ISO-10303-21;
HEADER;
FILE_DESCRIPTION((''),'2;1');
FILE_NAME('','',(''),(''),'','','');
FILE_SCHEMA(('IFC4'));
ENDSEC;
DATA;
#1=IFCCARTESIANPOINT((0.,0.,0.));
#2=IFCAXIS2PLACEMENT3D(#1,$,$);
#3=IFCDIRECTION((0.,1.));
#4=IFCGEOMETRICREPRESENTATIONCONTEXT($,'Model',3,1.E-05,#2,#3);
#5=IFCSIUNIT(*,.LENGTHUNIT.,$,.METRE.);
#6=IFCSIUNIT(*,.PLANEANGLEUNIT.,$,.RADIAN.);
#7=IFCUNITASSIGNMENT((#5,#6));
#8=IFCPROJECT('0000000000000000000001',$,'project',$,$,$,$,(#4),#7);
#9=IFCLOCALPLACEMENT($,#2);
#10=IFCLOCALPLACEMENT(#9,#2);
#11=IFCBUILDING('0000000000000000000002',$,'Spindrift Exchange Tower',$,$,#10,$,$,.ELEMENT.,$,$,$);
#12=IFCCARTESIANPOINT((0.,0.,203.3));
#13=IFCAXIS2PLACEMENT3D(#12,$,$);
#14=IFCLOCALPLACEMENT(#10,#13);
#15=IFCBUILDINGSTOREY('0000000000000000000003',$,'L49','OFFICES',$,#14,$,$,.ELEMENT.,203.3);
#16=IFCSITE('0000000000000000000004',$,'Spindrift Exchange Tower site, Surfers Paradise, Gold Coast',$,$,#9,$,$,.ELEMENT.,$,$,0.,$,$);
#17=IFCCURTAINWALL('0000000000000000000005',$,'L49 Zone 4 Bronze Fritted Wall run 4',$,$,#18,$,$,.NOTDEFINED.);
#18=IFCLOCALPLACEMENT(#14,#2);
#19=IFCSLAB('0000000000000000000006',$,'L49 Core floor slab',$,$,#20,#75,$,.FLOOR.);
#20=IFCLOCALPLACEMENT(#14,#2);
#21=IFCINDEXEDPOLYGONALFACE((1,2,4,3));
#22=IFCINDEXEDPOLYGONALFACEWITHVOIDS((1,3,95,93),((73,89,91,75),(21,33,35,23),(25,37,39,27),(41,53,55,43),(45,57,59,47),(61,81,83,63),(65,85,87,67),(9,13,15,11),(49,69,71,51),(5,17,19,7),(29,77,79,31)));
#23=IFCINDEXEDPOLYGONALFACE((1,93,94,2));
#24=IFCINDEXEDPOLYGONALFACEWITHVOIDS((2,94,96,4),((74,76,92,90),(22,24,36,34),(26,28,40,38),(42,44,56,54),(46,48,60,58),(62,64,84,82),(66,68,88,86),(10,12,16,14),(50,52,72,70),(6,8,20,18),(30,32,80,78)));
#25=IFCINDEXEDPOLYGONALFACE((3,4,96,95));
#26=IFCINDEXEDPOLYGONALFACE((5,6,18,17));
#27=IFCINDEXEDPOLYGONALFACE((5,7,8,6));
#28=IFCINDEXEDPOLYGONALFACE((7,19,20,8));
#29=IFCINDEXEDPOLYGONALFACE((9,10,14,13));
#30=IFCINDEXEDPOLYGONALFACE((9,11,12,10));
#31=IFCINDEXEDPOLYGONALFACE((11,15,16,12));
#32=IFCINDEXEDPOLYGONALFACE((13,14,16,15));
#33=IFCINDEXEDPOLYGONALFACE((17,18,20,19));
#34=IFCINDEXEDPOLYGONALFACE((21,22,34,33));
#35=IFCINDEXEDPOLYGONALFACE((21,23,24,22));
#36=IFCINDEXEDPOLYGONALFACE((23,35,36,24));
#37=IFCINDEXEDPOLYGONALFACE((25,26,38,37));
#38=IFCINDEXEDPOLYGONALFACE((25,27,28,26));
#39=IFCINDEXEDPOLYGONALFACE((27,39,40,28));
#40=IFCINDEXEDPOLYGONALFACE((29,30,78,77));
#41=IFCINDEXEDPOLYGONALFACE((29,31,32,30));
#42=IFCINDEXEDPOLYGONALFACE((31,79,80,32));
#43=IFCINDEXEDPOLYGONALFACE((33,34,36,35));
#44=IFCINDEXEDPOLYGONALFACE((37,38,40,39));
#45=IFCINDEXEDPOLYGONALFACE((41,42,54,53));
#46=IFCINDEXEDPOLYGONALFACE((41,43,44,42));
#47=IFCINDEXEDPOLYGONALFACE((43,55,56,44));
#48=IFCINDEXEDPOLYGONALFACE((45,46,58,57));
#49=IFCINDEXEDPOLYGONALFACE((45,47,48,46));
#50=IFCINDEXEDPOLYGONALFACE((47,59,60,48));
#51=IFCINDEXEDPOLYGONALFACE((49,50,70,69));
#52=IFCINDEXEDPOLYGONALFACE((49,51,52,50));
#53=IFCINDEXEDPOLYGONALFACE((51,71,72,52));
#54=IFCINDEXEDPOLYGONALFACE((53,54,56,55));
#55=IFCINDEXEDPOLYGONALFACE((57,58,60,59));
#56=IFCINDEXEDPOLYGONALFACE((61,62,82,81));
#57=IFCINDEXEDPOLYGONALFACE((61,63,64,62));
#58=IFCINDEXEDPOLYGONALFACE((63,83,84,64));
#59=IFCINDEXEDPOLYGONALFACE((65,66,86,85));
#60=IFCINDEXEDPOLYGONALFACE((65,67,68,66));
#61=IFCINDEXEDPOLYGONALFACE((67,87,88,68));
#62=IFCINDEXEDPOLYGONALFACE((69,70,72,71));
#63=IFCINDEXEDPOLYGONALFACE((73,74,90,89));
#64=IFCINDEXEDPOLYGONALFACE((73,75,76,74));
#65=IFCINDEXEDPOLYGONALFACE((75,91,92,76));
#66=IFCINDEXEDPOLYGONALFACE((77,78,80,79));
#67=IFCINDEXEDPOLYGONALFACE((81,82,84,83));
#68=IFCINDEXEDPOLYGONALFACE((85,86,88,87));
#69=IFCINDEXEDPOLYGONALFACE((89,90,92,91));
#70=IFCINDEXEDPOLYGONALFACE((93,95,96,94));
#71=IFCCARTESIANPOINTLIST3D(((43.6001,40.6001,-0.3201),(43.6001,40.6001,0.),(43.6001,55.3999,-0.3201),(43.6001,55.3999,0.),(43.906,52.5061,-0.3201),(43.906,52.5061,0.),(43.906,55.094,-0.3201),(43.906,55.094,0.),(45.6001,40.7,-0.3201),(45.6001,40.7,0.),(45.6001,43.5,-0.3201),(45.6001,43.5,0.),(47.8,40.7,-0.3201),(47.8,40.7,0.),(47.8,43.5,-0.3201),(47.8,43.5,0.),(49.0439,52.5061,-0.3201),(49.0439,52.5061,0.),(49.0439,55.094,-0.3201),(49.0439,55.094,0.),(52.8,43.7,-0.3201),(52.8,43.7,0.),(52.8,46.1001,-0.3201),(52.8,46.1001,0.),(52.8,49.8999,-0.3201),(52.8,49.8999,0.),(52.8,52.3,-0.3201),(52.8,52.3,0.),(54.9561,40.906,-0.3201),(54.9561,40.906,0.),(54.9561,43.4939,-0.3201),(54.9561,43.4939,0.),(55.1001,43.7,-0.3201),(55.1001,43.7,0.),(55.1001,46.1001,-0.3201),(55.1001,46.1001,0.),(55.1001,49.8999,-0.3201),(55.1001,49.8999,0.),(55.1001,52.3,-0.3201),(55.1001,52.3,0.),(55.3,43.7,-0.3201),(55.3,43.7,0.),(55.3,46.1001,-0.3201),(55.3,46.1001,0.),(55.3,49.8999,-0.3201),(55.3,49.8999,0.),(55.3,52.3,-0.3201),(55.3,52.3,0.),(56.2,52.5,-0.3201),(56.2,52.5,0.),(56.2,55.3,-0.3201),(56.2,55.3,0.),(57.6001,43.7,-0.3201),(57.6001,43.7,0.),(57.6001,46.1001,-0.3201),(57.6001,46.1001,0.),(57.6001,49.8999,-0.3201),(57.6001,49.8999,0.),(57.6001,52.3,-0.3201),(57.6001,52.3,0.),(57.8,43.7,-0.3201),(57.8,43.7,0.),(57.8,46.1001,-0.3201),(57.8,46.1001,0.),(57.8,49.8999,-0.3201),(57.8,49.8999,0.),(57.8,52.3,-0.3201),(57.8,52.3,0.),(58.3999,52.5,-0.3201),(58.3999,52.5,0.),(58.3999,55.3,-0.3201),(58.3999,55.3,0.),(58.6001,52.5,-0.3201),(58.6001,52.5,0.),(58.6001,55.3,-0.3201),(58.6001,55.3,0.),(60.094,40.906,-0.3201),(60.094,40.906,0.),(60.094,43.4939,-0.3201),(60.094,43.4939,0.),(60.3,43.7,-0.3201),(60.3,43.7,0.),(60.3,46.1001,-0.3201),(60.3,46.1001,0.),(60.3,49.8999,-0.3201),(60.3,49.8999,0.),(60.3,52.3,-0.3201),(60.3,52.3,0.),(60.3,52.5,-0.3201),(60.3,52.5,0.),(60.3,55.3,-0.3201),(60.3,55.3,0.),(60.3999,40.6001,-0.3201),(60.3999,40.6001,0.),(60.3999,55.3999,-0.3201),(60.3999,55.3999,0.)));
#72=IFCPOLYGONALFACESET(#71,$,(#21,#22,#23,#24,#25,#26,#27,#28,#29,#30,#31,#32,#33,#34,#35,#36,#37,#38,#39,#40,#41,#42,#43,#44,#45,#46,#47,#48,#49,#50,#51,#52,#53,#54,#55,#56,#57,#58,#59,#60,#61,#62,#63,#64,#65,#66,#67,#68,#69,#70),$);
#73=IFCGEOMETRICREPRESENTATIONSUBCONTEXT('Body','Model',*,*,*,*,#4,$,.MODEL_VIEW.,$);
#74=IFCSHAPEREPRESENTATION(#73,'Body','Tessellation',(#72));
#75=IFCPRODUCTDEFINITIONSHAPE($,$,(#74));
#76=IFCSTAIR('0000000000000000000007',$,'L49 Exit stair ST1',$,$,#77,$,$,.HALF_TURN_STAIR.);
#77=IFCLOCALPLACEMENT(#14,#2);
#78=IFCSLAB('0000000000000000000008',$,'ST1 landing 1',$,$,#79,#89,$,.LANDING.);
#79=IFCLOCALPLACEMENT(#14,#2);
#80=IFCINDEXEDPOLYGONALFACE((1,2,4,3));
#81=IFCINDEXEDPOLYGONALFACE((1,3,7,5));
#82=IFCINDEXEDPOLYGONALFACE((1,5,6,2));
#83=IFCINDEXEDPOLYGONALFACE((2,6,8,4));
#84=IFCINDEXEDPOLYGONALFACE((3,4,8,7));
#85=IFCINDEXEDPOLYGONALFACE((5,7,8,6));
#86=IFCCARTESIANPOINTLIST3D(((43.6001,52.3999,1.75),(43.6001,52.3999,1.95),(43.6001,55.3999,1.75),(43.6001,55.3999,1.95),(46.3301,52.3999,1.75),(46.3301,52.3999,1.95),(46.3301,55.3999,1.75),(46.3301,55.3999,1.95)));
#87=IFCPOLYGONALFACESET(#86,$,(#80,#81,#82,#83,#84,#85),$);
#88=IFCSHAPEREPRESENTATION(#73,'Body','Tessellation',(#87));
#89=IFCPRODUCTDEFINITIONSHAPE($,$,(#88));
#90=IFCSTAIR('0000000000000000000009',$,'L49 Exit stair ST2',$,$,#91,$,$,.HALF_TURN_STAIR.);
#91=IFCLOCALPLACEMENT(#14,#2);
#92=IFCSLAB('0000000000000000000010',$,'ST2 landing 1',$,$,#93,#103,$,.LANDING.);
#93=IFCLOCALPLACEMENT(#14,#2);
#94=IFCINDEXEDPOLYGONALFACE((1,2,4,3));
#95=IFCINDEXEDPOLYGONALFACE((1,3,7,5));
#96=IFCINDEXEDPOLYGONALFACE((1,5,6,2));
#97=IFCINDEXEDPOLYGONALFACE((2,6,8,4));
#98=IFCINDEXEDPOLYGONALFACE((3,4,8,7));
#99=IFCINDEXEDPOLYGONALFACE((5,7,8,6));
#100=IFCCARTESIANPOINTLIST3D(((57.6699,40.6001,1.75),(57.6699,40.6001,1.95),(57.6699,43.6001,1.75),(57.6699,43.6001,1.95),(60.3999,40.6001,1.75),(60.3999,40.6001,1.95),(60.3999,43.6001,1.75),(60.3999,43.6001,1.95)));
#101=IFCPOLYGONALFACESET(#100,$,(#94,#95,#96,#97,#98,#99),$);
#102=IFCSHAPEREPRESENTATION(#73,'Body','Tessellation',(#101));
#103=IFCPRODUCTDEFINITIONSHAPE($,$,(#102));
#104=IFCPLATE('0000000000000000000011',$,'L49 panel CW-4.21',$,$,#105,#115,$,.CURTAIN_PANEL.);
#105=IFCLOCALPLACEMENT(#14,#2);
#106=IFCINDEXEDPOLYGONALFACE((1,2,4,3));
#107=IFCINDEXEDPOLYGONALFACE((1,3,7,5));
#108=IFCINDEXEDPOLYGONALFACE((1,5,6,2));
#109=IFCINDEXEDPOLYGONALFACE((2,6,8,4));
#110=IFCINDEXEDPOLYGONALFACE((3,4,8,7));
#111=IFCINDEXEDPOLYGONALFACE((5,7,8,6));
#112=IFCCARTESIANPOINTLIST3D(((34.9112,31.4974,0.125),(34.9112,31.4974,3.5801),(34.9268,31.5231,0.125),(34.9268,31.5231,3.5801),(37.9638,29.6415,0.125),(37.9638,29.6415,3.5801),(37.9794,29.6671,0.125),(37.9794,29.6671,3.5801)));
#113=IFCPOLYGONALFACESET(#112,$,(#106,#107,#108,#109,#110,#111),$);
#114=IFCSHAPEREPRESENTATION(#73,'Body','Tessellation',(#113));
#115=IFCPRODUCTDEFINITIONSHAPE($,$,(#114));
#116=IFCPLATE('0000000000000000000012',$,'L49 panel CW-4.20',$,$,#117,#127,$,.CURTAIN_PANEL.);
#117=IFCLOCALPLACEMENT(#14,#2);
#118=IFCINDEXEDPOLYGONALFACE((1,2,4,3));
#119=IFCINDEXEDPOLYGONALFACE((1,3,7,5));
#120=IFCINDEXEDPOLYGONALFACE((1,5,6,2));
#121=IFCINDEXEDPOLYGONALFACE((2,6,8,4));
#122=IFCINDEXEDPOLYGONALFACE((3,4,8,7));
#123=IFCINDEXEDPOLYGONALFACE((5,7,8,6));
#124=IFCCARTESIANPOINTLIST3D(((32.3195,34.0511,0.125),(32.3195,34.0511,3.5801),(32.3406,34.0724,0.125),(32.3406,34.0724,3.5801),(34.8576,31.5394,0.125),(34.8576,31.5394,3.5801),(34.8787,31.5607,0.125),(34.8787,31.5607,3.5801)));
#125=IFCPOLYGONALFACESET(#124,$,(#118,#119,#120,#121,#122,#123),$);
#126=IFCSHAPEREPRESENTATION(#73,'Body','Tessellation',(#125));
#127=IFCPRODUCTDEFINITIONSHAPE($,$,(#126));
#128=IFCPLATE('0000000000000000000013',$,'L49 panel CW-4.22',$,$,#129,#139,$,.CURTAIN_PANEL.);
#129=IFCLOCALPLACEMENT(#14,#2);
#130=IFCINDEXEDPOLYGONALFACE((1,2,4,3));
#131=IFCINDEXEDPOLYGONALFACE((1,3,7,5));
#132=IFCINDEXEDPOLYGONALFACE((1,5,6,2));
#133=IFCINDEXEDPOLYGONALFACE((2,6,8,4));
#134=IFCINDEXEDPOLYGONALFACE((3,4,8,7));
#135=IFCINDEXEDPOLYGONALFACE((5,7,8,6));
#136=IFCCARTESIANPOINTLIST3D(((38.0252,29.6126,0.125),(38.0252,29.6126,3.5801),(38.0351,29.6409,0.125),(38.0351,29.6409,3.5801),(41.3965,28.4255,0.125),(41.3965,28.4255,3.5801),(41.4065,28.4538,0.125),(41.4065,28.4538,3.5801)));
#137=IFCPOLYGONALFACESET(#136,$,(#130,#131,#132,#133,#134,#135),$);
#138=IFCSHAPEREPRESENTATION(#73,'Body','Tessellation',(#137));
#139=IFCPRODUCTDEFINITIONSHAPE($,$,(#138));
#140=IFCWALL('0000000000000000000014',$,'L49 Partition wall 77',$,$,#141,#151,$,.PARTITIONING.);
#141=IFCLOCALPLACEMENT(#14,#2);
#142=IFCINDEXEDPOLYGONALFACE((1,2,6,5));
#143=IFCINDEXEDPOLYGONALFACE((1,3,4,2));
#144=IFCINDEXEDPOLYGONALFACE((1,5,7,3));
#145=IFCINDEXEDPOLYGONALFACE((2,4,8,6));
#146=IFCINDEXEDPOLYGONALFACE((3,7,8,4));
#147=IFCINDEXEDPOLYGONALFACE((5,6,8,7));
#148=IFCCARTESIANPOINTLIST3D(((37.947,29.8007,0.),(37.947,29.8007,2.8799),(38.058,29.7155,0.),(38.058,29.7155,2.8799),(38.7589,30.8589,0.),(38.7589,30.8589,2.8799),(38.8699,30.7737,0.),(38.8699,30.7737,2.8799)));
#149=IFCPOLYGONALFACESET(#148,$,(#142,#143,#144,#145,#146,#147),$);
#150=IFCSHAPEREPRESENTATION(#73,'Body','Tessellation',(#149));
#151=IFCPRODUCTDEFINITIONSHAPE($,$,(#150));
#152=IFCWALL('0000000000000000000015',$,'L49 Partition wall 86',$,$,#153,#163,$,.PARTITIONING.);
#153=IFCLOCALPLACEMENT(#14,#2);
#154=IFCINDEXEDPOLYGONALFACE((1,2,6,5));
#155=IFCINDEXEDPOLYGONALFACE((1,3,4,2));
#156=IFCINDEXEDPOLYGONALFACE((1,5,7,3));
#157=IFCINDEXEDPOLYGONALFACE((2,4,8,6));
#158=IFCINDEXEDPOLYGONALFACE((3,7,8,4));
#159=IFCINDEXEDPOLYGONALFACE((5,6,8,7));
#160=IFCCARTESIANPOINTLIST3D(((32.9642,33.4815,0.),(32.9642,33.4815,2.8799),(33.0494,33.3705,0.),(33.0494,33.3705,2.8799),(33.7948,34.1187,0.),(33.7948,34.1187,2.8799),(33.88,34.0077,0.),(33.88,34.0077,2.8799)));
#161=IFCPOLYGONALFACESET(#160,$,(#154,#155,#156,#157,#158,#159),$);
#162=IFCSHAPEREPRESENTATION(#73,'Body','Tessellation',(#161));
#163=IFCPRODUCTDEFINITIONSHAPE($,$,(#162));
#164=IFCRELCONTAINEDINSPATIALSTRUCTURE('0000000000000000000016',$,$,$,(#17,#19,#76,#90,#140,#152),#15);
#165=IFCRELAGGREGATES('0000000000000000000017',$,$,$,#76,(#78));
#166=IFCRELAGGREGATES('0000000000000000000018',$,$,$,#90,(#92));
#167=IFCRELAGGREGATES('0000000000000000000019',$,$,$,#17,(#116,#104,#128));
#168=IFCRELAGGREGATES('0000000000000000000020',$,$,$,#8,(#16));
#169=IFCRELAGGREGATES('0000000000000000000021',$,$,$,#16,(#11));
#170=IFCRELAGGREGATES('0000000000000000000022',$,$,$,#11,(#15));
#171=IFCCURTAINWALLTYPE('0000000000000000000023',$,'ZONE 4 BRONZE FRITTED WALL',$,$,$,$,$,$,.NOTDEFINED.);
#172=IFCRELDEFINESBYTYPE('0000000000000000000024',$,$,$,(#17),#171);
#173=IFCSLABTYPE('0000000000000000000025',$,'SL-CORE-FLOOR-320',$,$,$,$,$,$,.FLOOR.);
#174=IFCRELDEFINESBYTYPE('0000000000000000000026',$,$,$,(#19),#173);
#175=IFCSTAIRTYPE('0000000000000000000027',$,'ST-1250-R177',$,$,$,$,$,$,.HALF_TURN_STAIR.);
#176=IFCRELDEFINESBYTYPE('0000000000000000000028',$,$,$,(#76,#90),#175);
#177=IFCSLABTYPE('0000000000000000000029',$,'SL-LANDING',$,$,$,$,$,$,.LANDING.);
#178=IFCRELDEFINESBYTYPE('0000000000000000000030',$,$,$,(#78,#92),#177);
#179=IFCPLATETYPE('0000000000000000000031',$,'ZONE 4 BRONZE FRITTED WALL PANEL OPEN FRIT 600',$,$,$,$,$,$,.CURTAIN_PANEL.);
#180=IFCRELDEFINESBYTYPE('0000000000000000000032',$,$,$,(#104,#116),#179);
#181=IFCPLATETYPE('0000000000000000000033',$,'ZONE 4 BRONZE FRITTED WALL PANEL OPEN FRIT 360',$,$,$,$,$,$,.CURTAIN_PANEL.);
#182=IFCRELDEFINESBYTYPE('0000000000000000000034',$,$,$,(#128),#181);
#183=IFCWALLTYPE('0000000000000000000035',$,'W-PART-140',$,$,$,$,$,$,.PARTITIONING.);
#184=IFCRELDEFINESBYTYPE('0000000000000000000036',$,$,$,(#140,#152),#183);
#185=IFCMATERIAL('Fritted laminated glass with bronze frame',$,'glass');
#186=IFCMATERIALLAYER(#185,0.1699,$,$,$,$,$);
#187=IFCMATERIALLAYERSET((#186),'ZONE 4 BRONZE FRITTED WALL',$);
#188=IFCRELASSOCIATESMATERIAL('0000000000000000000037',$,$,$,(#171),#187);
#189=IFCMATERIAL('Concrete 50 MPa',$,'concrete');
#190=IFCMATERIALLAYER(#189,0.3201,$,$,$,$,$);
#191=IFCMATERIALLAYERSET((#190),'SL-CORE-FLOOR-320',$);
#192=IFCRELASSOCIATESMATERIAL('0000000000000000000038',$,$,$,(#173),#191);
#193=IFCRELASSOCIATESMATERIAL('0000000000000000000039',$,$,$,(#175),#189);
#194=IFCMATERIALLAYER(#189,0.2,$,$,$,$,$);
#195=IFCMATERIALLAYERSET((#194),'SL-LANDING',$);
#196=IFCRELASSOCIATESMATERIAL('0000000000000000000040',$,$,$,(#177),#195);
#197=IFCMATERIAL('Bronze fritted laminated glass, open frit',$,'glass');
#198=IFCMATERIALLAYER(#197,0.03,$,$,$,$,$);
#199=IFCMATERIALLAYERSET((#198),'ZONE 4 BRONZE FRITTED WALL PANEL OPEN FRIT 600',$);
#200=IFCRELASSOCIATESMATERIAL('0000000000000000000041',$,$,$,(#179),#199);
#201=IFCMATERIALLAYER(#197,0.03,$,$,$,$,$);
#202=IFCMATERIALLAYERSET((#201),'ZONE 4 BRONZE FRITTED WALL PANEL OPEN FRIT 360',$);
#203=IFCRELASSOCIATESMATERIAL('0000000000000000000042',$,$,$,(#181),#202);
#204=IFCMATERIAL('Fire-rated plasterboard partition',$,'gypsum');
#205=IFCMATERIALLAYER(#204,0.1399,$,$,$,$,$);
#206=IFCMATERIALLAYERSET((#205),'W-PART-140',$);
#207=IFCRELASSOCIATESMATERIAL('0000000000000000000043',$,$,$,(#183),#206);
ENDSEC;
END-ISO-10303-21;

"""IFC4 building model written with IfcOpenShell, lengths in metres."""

from ifc_helpers import new_model, si_unit, direction, frame, frame_2d, origin, origin_2d, place, context, subcontext, project, spatial, line, indexed_curve, rectangle, outline, extrude, source, transform, mapped, material, layer, layer_set, type_object, element, aggregate, save


model = new_model("IFC4")

# Units and contexts
model_context = context("Model", 3, precision=1e-05, world=origin(), true_north=direction((0.0, 1.0)))
body_context = subcontext(model_context, "Body", "Model", "MODEL_VIEW")
ifc_project = project(units=[si_unit("LENGTHUNIT", "METRE"), si_unit("PLANEANGLEUNIT", "RADIAN")], contexts=[model_context])

# Site, building, storey
site_placement = place(None, origin())
site = spatial("IfcSite", under=ifc_project, at=site_placement, Name="Spindrift Exchange Tower site, Surfers Paradise, Gold Coast", CompositionType="ELEMENT", RefElevation=0.0)
building_placement = place(site_placement, origin())
building = spatial("IfcBuilding", under=site, at=building_placement, Name="Spindrift Exchange Tower", CompositionType="ELEMENT")
storey_placement = place(building_placement, frame((0.0, 0.0, 203.3)))
storey = spatial("IfcBuildingStorey", under=building, at=storey_placement, Name="L49", Description="OFFICES", CompositionType="ELEMENT", Elevation=203.3)

# Shared definitions
ifc_material_1 = material(Name="Concrete 50 MPa", Category="concrete")

# Curtain wall
ifc_material_2 = material(Name="Fritted laminated glass with bronze frame", Category="glass")
ifc_layer_1 = layer(ifc_material_2, 0.1699)
ifc_layer_set_1 = layer_set([ifc_layer_1], Name="ZONE 4 BRONZE FRITTED WALL")
curtain_wall_type = type_object("IfcCurtainWallType", Name="ZONE 4 BRONZE FRITTED WALL", PredefinedType="NOTDEFINED", material=ifc_layer_set_1)
curtain_wall_placement = place(storey_placement, origin())
curtain_wall = element("IfcCurtainWall", 1, at=curtain_wall_placement, inside=storey, type_object=curtain_wall_type, Name="L49 Zone 4 Bronze Fritted Wall run 4", PredefinedType="NOTDEFINED")

# Slab
ifc_layer_2 = layer(ifc_material_1, 0.3201)
ifc_layer_set_2 = layer_set([ifc_layer_2], Name="SL-CORE-FLOOR-320")
slab_type_1 = type_object("IfcSlabType", Name="SL-CORE-FLOOR-320", PredefinedType="FLOOR", material=ifc_layer_set_2)
slab_1_placement = place(storey_placement, frame((0.0, 0.0, -0.3201)))
element("IfcSlab", 2, at=slab_1_placement, inside=storey, type_object=slab_type_1, Name="L49 Core floor slab", PredefinedType="FLOOR", context=body_context, shape_type="SweptSolid", body=[
    extrude(outline(indexed_curve([(43.6001, 40.6001), (43.6001, 55.3999), (60.3999, 55.3999), (60.3999, 40.6001)], segments=[line(1, 2, 3, 4, 1)], self_intersect=False), holes=[indexed_curve([(45.6001, 43.5), (45.6001, 40.7), (47.8, 40.7), (47.8, 43.5)], segments=[line(1, 2, 3, 4, 1)], self_intersect=False), indexed_curve([(52.8, 46.1001), (52.8, 43.7), (55.1001, 43.7), (55.1001, 46.1001)], segments=[line(1, 2, 3, 4, 1)], self_intersect=False), indexed_curve([(55.3, 46.1001), (55.3, 43.7), (57.6001, 43.7), (57.6001, 46.1001)], segments=[line(1, 2, 3, 4, 1)], self_intersect=False), indexed_curve([(55.1001, 52.3), (52.8, 52.3), (52.8, 49.8999), (55.1001, 49.8999)], segments=[line(1, 2, 3, 4, 1)], self_intersect=False), indexed_curve([(57.6001, 52.3), (55.3, 52.3), (55.3, 49.8999), (57.6001, 49.8999)], segments=[line(1, 2, 3, 4, 1)], self_intersect=False), indexed_curve([(43.906, 52.5061), (49.0439, 52.5061), (49.0439, 55.094), (43.906, 55.094)], segments=[line(1, 2, 3, 4, 1)], self_intersect=False), indexed_curve([(60.094, 40.906), (60.094, 43.4939), (54.9561, 43.4939), (54.9561, 40.906)], segments=[line(1, 2, 3, 4, 1)], self_intersect=False), indexed_curve([(60.3, 46.1001), (57.8, 46.1001), (57.8, 43.7), (60.3, 43.7)], segments=[line(1, 2, 3, 4, 1)], self_intersect=False), indexed_curve([(57.8, 52.3), (57.8, 49.8999), (60.3, 49.8999), (60.3, 52.3)], segments=[line(1, 2, 3, 4, 1)], self_intersect=False), indexed_curve([(58.3999, 55.3), (56.2, 55.3), (56.2, 52.5), (58.3999, 52.5)], segments=[line(1, 2, 3, 4, 1)], self_intersect=False), indexed_curve([(60.3, 55.3), (58.6001, 55.3), (58.6001, 52.5), (60.3, 52.5)], segments=[line(1, 2, 3, 4, 1)], self_intersect=False)]), origin(), (0.0, 0.0, 1.0), 0.3201),
])

# Stairs, slabs
stair_type = type_object("IfcStairType", Name="ST-1250-R177", PredefinedType="HALF_TURN_STAIR", material=ifc_material_1)
stair_1_placement = place(storey_placement, origin())
stair_1 = element("IfcStair", 3, at=stair_1_placement, inside=storey, type_object=stair_type, Name="L49 Exit stair ST1", PredefinedType="HALF_TURN_STAIR")
ifc_layer_3 = layer(ifc_material_1, 0.2)
ifc_layer_set_3 = layer_set([ifc_layer_3], Name="SL-LANDING")
slab_type_2 = type_object("IfcSlabType", Name="SL-LANDING", PredefinedType="LANDING", material=ifc_layer_set_3)
slab_2_placement = place(storey_placement, frame((0.0, 0.0, 1.75)))
slab_2 = element("IfcSlab", 4, at=slab_2_placement, type_object=slab_type_2, Name="ST1 landing 1", PredefinedType="LANDING", context=body_context, shape_type="SweptSolid", body=[
    extrude(outline(indexed_curve([(46.3301, 52.3999), (43.6001, 52.3999), (43.6001, 55.3999), (46.3301, 55.3999)], segments=[line(1, 2, 3, 4, 1)], self_intersect=False)), origin(), (0.0, 0.0, 1.0), 0.2),
])
aggregate(stair_1, [slab_2])
stair_2_placement = place(storey_placement, origin())
stair_2 = element("IfcStair", 5, at=stair_2_placement, inside=storey, type_object=stair_type, Name="L49 Exit stair ST2", PredefinedType="HALF_TURN_STAIR")
slab_3_placement = place(storey_placement, frame((0.0, 0.0, 1.75)))
slab_3 = element("IfcSlab", 6, at=slab_3_placement, type_object=slab_type_2, Name="ST2 landing 1", PredefinedType="LANDING", context=body_context, shape_type="SweptSolid", body=[
    extrude(outline(indexed_curve([(57.6699, 43.6001), (60.3999, 43.6001), (60.3999, 40.6001), (57.6699, 40.6001)], segments=[line(1, 2, 3, 4, 1)], self_intersect=False)), origin(), (0.0, 0.0, 1.0), 0.2),
])
aggregate(stair_2, [slab_3])

# Plates
ifc_material_3 = material(Name="Bronze fritted laminated glass, open frit", Category="glass")
ifc_layer_4 = layer(ifc_material_3, 0.03)
ifc_layer_set_4 = layer_set([ifc_layer_4], Name="ZONE 4 BRONZE FRITTED WALL PANEL OPEN FRIT 600")
plate_type_1 = type_object("IfcPlateType", Name="ZONE 4 BRONZE FRITTED WALL PANEL OPEN FRIT 600", PredefinedType="CURTAIN_PANEL", material=ifc_layer_set_4)
shared_shape_1 = source(origin(), body_context, "Body", "SweptSolid", [
    extrude(rectangle(XDim=3.5725, YDim=0.03, at=origin_2d()), origin(), (0.0, 0.0, 1.0), 3.4551),
])
plate_1_placement = place(storey_placement, frame((36.4453, 30.5823, 0.125), z_axis=(0.0, 0.0, 1.0), x_axis=(0.854465, -0.519509, 0.0)))
plate_1 = element("IfcPlate", 7, at=plate_1_placement, type_object=plate_type_1, Name="L49 panel CW-4.21", PredefinedType="CURTAIN_PANEL", context=body_context, shape_type="MappedRepresentation", body=[
    mapped(shared_shape_1, transform((0.0, 0.0, 0.0), scale=1.0)),
])
shared_shape_2 = source(origin(), body_context, "Body", "SweptSolid", [
    extrude(rectangle(XDim=3.5708, YDim=0.03, at=origin_2d()), origin(), (0.0, 0.0, 1.0), 3.4551),
])
plate_2_placement = place(storey_placement, frame((33.5991, 32.8059, 0.125), z_axis=(0.0, 0.0, 1.0), x_axis=(0.710797, -0.703397, 0.0)))
plate_2 = element("IfcPlate", 8, at=plate_2_placement, type_object=plate_type_1, Name="L49 panel CW-4.20", PredefinedType="CURTAIN_PANEL", context=body_context, shape_type="MappedRepresentation", body=[
    mapped(shared_shape_2, transform((0.0, 0.0, 0.0), scale=1.0)),
])
ifc_layer_5 = layer(ifc_material_3, 0.03)
ifc_layer_set_5 = layer_set([ifc_layer_5], Name="ZONE 4 BRONZE FRITTED WALL PANEL OPEN FRIT 360")
plate_type_2 = type_object("IfcPlateType", Name="ZONE 4 BRONZE FRITTED WALL PANEL OPEN FRIT 360", PredefinedType="CURTAIN_PANEL", material=ifc_layer_set_5)
shared_shape_3 = source(origin(), body_context, "Body", "SweptSolid", [
    extrude(rectangle(XDim=3.5742, YDim=0.03, at=origin_2d()), origin(), (0.0, 0.0, 1.0), 3.4551),
])
plate_3_placement = place(storey_placement, frame((39.7158, 29.0332, 0.125), z_axis=(0.0, 0.0, 1.0), x_axis=(0.943241, -0.33211, 0.0)))
plate_3 = element("IfcPlate", 9, at=plate_3_placement, type_object=plate_type_2, Name="L49 panel CW-4.22", PredefinedType="CURTAIN_PANEL", context=body_context, shape_type="MappedRepresentation", body=[
    mapped(shared_shape_3, transform((0.0, 0.0, 0.0), scale=1.0)),
])
aggregate(curtain_wall, [plate_2, plate_1, plate_3])

# Walls
ifc_material_4 = material(Name="Fire-rated plasterboard partition", Category="gypsum")
ifc_layer_6 = layer(ifc_material_4, 0.1399)
ifc_layer_set_6 = layer_set([ifc_layer_6], Name="W-PART-140")
wall_type = type_object("IfcWallType", Name="W-PART-140", PredefinedType="PARTITIONING", material=ifc_layer_set_6)
wall_1_placement = place(storey_placement, frame((38.8145, 30.8164, 0.0), z_axis=(0.0, 0.0, 1.0), x_axis=(-0.608693, -0.793406, 0.0)))
element("IfcWall", 10, at=wall_1_placement, inside=storey, type_object=wall_type, Name="L49 Partition wall 77", PredefinedType="PARTITIONING", context=body_context, shape_type="SweptSolid", body=[
    extrude(rectangle(XDim=1.3337, YDim=0.1399, at=frame_2d((0.667, 0.0))), origin(), (0.0, 0.0, 1.0), 2.8799),
])
wall_2_placement = place(storey_placement, frame((33.8374, 34.0632, 0.0), z_axis=(0.0, 0.0, 1.0), x_axis=(-0.793404, -0.608696, 0.0)))
element("IfcWall", 11, at=wall_2_placement, inside=storey, type_object=wall_type, Name="L49 Partition wall 86", PredefinedType="PARTITIONING", context=body_context, shape_type="SweptSolid", body=[
    extrude(rectangle(XDim=1.0469, YDim=0.1399, at=frame_2d((0.5234, 0.0))), origin(), (0.0, 0.0, 1.0), 2.8799),
])

save(model, "model.ifc")
